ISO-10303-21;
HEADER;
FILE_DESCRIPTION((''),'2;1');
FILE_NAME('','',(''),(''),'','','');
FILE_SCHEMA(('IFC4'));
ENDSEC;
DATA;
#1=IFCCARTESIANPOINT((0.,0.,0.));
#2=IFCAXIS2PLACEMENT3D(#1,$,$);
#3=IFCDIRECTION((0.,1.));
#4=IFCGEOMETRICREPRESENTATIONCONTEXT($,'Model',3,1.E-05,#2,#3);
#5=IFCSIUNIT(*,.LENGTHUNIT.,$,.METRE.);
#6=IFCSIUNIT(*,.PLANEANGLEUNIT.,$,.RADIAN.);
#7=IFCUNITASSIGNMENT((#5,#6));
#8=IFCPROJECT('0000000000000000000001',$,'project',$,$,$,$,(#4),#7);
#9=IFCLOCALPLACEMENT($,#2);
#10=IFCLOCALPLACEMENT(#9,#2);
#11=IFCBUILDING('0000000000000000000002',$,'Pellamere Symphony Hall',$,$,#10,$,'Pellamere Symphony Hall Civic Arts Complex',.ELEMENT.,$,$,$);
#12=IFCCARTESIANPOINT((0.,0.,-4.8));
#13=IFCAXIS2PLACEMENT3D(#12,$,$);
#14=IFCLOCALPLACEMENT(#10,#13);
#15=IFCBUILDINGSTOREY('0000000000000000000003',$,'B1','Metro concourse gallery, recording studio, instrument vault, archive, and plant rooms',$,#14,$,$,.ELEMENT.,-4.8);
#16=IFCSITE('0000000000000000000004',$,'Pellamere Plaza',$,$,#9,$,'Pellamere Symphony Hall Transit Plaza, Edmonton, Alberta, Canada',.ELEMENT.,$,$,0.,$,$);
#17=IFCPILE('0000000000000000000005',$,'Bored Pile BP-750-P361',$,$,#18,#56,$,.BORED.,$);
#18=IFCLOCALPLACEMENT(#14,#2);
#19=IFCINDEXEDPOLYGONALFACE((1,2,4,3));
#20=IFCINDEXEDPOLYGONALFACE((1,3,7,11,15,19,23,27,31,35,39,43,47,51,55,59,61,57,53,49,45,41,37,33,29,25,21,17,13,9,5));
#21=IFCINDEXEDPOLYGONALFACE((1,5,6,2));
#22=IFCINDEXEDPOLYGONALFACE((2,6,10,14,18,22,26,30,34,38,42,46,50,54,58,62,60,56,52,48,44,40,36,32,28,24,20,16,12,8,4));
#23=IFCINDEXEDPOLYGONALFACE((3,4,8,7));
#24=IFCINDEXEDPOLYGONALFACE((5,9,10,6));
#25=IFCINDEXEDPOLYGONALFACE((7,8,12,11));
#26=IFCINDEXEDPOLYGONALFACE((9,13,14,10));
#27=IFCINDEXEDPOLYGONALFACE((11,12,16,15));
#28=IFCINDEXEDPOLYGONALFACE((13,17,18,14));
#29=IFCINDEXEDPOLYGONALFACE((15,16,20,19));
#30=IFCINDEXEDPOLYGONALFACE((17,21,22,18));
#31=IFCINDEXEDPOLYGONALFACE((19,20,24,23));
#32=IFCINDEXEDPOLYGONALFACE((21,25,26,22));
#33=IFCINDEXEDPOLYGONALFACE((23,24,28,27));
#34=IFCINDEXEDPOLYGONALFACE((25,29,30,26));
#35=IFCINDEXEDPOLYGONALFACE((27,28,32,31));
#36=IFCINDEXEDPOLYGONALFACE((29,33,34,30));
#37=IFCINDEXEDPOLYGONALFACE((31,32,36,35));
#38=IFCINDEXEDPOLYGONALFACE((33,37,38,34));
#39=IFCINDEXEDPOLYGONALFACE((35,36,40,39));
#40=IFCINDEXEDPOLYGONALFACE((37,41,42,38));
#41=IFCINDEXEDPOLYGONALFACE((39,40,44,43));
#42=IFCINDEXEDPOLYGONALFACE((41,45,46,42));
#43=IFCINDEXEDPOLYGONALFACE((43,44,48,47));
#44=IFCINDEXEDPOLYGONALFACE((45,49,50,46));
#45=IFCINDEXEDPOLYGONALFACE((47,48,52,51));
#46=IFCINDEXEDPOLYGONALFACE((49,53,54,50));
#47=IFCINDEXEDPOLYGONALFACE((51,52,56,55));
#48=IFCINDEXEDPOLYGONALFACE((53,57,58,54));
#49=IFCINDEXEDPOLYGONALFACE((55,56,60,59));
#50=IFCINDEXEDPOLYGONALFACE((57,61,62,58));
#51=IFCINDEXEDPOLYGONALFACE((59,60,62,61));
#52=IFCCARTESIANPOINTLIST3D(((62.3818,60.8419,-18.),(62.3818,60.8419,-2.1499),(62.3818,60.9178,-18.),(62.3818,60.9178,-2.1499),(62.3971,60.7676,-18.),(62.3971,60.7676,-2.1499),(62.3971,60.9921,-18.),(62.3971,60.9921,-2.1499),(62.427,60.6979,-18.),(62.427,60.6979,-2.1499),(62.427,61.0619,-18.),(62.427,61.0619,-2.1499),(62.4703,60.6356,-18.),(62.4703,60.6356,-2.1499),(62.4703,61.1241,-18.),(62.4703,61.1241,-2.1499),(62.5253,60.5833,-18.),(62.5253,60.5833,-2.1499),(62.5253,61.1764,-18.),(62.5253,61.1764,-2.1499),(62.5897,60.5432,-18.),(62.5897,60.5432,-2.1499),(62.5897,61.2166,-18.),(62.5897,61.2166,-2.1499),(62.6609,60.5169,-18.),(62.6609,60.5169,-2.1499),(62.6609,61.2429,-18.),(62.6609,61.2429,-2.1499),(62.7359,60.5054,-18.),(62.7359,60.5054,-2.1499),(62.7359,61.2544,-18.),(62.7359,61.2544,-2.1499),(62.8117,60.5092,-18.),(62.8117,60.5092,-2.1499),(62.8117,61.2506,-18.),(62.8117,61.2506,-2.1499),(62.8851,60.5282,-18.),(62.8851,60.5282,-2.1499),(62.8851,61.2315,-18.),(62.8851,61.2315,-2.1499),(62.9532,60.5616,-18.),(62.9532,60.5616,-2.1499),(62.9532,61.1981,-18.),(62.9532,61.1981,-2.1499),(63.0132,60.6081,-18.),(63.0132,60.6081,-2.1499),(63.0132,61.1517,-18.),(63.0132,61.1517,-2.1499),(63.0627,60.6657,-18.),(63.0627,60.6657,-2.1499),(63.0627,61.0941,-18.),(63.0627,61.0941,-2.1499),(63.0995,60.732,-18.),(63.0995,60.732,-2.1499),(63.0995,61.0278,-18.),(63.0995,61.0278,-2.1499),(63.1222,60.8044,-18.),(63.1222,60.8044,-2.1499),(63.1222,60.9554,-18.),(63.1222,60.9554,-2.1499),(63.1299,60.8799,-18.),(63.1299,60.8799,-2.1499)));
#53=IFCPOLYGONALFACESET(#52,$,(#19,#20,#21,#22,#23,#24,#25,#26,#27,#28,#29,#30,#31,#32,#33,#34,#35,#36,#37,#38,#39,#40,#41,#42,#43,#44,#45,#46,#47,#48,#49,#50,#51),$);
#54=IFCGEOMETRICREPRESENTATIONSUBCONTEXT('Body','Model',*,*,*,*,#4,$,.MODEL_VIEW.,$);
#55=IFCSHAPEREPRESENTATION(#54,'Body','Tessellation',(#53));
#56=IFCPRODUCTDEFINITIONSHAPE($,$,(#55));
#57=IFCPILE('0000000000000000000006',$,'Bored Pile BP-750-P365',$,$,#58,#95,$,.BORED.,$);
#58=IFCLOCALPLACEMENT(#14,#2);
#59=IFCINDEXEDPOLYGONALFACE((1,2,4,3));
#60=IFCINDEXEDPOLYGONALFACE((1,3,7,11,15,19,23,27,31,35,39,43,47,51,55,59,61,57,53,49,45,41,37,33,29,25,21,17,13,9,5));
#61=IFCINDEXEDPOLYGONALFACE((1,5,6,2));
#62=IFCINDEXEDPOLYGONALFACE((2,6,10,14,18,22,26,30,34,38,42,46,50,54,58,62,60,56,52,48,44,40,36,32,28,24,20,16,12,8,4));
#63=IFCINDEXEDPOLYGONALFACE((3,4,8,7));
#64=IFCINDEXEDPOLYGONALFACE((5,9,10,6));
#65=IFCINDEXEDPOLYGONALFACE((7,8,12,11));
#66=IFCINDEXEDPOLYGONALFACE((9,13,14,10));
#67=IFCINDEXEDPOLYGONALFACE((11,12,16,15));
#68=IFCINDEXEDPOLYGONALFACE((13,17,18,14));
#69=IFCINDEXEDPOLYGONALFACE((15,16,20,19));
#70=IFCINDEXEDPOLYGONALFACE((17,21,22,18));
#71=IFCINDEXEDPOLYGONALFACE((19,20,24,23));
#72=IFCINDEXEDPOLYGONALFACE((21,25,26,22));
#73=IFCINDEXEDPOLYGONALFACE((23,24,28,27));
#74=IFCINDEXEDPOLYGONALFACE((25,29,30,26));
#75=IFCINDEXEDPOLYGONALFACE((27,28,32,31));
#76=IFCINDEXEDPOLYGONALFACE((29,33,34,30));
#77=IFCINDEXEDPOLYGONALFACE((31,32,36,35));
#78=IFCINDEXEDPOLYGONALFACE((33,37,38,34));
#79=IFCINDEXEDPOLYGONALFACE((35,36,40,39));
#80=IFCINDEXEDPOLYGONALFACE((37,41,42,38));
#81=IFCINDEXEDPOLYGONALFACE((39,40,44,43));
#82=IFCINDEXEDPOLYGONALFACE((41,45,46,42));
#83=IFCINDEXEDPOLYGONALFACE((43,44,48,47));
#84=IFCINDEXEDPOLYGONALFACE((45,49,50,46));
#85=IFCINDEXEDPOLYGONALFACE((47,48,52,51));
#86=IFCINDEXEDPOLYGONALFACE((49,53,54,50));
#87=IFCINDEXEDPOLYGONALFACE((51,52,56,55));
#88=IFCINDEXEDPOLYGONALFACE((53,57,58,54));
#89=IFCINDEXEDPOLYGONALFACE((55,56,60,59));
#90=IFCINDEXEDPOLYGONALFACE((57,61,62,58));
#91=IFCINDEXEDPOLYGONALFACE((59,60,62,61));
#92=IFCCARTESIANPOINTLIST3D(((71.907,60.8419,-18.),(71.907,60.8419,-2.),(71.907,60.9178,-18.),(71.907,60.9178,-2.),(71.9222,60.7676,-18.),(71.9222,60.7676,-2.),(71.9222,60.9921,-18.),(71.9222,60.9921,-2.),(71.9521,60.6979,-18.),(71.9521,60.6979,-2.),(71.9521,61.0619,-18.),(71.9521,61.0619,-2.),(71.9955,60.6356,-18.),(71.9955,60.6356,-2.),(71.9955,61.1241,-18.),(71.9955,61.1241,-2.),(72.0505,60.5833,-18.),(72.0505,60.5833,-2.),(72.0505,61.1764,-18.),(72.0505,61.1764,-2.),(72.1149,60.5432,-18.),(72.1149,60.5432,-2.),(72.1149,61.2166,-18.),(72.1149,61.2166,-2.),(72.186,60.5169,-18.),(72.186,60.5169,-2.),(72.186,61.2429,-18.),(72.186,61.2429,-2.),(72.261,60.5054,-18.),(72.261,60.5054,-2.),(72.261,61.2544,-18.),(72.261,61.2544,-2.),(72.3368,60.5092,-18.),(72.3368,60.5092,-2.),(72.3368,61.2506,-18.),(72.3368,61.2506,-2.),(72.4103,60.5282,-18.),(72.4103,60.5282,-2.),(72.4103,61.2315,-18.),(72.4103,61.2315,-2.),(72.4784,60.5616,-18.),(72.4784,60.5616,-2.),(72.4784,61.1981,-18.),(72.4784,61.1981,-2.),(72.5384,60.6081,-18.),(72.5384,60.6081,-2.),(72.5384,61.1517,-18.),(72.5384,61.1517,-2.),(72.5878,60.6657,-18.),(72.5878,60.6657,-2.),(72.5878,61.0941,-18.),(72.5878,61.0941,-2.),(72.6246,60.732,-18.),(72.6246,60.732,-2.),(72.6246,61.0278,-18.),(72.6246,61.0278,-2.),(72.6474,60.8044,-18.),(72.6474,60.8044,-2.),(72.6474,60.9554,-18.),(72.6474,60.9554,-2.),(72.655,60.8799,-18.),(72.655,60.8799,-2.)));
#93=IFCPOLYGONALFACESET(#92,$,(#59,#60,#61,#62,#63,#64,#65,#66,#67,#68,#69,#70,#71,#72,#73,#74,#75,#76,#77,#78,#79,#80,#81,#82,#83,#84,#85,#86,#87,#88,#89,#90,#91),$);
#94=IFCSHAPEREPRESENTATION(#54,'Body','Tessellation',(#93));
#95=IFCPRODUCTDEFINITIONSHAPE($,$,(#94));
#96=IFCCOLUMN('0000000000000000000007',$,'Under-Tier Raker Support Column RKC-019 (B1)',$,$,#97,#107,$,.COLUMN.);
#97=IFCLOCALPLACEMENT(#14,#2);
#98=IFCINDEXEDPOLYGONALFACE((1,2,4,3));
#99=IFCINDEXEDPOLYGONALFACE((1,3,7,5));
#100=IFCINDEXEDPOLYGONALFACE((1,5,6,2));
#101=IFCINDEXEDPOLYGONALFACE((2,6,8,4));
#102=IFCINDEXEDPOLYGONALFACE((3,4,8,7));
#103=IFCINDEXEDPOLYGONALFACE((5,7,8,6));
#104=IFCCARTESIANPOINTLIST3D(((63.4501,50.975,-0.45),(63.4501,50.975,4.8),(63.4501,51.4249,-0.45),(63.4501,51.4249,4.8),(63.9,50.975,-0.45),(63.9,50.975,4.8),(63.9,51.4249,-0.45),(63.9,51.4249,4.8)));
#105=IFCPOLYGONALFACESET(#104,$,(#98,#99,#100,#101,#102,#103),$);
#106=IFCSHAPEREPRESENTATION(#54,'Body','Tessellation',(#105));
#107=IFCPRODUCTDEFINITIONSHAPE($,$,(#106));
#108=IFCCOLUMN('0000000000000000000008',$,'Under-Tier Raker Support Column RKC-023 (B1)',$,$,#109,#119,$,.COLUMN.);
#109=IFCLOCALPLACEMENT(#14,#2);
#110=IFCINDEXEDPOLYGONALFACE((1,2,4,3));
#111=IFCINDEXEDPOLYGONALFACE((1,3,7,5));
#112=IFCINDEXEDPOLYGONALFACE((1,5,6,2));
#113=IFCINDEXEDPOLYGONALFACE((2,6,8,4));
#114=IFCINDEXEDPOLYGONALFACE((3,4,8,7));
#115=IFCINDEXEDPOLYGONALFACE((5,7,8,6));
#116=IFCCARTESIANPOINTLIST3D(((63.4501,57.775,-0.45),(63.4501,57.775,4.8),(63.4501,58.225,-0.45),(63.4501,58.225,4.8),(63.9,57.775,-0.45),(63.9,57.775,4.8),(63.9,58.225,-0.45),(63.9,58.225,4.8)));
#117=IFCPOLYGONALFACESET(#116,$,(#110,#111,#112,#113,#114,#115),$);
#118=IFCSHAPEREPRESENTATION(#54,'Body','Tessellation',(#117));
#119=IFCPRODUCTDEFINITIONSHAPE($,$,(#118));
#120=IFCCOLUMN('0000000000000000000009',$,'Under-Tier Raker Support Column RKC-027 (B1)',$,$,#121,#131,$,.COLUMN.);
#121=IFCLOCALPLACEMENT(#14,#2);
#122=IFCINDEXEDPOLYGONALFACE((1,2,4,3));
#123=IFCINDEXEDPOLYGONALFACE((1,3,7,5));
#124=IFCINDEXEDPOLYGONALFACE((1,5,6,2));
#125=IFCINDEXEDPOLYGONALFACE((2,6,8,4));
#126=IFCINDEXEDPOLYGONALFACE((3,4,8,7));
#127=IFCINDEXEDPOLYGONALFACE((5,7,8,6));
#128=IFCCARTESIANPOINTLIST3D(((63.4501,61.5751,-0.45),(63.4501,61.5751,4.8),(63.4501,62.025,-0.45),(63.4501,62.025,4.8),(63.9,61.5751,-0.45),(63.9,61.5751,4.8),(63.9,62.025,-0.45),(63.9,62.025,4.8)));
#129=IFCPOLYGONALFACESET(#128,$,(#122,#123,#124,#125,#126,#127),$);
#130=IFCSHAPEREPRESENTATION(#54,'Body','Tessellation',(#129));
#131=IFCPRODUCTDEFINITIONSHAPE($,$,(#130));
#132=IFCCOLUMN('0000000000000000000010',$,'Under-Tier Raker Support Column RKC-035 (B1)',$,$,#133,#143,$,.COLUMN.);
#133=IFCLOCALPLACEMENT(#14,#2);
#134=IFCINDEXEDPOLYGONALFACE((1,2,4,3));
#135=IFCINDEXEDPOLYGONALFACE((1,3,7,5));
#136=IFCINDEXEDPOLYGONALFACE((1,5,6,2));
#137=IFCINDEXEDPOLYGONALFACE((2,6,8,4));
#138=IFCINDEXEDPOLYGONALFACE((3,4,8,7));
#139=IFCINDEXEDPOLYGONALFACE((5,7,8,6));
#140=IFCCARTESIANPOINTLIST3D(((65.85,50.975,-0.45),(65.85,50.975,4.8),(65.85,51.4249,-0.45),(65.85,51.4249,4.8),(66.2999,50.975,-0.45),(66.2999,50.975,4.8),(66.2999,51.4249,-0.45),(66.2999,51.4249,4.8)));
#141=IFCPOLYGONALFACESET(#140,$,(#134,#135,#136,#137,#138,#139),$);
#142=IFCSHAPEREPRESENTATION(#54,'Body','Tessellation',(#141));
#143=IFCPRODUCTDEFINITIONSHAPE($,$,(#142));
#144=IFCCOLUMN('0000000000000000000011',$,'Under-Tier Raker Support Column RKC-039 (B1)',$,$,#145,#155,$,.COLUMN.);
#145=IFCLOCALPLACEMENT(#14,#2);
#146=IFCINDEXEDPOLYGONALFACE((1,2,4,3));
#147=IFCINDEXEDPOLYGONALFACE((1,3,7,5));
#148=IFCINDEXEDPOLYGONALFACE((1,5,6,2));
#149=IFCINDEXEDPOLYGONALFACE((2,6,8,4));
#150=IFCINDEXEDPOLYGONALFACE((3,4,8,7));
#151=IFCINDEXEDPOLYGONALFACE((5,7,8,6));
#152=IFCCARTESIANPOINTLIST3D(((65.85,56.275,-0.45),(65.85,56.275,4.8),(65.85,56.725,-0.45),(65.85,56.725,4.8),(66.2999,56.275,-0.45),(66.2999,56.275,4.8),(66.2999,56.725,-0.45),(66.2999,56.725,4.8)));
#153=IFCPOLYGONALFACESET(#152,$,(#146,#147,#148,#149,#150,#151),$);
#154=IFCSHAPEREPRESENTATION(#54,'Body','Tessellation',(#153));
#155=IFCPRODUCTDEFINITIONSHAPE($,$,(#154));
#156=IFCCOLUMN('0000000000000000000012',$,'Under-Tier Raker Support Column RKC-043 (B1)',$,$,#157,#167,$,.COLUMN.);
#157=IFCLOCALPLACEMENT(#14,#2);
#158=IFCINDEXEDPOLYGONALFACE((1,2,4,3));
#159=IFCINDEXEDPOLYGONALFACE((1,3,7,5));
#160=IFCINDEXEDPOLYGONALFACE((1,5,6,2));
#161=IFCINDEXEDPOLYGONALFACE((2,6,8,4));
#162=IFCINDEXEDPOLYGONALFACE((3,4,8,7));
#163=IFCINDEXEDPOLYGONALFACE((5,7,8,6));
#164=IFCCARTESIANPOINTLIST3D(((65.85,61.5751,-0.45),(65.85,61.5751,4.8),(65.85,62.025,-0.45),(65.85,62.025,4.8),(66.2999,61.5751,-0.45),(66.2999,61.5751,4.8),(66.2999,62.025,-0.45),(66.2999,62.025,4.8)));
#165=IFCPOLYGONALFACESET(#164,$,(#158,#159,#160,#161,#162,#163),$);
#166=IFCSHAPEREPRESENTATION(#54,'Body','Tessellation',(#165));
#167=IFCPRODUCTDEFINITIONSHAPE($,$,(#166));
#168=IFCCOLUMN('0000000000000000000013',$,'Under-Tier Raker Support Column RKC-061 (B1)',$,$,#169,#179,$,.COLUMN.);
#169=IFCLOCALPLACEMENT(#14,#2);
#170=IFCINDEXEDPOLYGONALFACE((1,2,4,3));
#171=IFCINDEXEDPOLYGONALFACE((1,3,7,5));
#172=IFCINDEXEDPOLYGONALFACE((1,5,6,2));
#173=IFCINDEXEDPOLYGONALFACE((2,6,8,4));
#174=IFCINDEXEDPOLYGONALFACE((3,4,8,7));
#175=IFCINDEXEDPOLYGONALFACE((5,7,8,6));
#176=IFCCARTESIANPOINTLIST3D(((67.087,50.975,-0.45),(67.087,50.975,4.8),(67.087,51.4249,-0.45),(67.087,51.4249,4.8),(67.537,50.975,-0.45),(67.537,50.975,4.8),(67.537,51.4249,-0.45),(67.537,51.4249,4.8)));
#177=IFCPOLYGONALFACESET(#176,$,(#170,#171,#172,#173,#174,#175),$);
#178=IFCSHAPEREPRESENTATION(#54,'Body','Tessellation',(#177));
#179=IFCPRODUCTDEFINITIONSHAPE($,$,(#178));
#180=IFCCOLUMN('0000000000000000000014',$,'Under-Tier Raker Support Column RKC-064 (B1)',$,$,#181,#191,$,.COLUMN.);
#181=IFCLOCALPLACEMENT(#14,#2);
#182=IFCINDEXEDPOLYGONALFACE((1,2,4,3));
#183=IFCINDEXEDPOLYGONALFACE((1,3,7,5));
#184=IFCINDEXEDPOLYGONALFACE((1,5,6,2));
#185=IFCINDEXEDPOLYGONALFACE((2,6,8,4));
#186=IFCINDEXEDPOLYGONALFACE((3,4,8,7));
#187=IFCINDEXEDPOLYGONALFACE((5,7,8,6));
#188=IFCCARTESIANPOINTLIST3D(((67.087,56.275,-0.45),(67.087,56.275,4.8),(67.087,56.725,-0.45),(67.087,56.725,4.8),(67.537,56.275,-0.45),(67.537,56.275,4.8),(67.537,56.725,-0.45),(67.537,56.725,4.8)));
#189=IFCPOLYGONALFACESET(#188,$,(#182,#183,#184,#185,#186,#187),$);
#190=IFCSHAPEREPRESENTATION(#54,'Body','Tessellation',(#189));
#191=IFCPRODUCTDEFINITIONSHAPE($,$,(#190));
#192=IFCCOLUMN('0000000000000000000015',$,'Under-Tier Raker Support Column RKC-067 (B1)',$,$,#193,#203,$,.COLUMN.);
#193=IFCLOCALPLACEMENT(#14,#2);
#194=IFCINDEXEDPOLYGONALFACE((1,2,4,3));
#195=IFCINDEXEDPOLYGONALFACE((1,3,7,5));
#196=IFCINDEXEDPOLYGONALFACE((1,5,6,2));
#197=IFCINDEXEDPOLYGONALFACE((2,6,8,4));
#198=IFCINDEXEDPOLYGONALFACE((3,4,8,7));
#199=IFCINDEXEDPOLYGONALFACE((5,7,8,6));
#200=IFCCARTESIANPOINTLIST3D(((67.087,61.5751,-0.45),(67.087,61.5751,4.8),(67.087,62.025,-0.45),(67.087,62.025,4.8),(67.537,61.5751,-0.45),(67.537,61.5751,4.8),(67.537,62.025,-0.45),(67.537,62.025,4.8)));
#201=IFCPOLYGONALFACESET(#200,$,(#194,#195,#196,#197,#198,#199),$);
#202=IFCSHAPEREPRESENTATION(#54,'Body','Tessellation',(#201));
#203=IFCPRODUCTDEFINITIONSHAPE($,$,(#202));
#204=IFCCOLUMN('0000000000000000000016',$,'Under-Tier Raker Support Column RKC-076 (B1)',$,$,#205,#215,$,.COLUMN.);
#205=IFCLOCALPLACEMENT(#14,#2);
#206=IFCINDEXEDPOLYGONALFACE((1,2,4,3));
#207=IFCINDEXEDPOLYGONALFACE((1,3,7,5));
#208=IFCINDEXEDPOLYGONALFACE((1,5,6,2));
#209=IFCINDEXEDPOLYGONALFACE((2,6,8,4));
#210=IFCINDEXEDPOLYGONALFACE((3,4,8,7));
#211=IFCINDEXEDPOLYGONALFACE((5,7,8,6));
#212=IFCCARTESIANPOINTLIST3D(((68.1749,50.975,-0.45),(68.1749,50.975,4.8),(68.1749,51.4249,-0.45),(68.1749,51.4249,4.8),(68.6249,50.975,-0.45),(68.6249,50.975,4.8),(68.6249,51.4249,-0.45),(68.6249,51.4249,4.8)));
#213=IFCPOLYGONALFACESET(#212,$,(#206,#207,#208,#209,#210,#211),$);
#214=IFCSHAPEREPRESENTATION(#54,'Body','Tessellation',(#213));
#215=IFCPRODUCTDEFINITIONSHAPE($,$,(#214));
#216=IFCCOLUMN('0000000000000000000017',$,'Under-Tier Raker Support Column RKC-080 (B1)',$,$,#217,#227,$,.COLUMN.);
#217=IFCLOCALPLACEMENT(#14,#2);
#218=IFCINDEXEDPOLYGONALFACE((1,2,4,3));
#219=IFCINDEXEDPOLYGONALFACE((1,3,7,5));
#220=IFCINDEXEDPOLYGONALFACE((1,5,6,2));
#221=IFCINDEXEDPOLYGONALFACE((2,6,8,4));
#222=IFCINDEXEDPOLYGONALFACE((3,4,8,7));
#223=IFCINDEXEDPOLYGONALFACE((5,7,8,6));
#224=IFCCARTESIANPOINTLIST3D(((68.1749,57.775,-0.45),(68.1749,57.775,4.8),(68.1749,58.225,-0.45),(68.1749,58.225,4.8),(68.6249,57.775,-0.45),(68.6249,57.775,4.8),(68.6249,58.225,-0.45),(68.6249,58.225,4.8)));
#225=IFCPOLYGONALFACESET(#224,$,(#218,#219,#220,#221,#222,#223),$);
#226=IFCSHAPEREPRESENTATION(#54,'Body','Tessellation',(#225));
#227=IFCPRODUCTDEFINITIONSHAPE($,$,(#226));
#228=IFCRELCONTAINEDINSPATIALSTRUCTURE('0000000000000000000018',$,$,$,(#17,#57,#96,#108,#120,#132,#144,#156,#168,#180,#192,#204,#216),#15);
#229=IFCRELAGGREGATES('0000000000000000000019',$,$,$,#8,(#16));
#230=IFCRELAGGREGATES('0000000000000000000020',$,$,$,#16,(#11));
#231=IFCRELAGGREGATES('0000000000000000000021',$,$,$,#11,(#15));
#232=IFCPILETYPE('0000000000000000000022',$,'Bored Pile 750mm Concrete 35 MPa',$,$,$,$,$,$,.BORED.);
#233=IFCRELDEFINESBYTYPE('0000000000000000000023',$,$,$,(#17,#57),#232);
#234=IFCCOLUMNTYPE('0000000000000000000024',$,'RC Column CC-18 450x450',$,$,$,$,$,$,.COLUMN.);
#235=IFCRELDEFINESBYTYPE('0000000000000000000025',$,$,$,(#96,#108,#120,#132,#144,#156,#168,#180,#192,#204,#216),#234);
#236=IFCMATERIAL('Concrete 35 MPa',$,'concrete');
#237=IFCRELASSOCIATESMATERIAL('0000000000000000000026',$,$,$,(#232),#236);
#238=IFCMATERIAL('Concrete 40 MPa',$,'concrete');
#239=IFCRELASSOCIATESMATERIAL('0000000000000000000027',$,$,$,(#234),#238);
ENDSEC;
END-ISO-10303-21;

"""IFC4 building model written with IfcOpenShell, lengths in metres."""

from ifc_helpers import new_model, si_unit, direction, frame, origin, origin_2d, place, context, subcontext, project, spatial, rectangle, circle, extrude, material, material_profile, profile_set, type_object, element, save


model = new_model("IFC4")

# Units and contexts
model_context = context("Model", 3, precision=1e-05, world=origin(), true_north=direction((0.0, 1.0)))
body_context = subcontext(model_context, "Body", "Model", "MODEL_VIEW")
ifc_project = project(units=[si_unit("LENGTHUNIT", "METRE"), si_unit("PLANEANGLEUNIT", "RADIAN")], contexts=[model_context])

# Site, building, storey
site_placement = place(None, origin())
site = spatial("IfcSite", under=ifc_project, at=site_placement, Name="Pellamere Plaza", LongName="Pellamere Symphony Hall Transit Plaza, Edmonton, Alberta, Canada", CompositionType="ELEMENT", RefElevation=0.0)
building_placement = place(site_placement, origin())
building = spatial("IfcBuilding", under=site, at=building_placement, Name="Pellamere Symphony Hall", LongName="Pellamere Symphony Hall Civic Arts Complex", CompositionType="ELEMENT")
storey_placement = place(building_placement, frame((0.0, 0.0, -4.8)))
storey = spatial("IfcBuildingStorey", under=building, at=storey_placement, Name="B1", Description="Metro concourse gallery, recording studio, instrument vault, archive, and plant rooms", CompositionType="ELEMENT", Elevation=-4.8)

# Piles
ifc_material_1 = material(Name="Concrete 35 MPa", Category="concrete")
ifc_material_profile_1 = material_profile(ifc_material_1, circle(Radius=0.375, at=origin_2d()), Name="PILE D750")
ifc_profile_set_1 = profile_set([ifc_material_profile_1], Name="Concrete 35 MPa")
pile_type = type_object("IfcPileType", Name="Bored Pile 750mm Concrete 35 MPa", PredefinedType="BORED", material=ifc_profile_set_1)
pile_1_placement = place(storey_placement, frame((62.7549, 60.8799, -2.1499), z_axis=(0.0, 0.0, -1.0), x_axis=(1.0, 0.0, 0.0)))
element("IfcPile", 1, at=pile_1_placement, inside=storey, type_object=pile_type, Name="Bored Pile BP-750-P361", PredefinedType="BORED", context=body_context, shape_type="SweptSolid", body=[
    extrude(circle(Radius=0.375, at=origin_2d()), origin(), (0.0, 0.0, 1.0), 15.8501),
])
pile_2_placement = place(storey_placement, frame((72.28, 60.8799, -2.0), z_axis=(0.0, 0.0, -1.0), x_axis=(1.0, 0.0, 0.0)))
element("IfcPile", 2, at=pile_2_placement, inside=storey, type_object=pile_type, Name="Bored Pile BP-750-P365", PredefinedType="BORED", context=body_context, shape_type="SweptSolid", body=[
    extrude(circle(Radius=0.375, at=origin_2d()), origin(), (0.0, 0.0, 1.0), 16.0),
])

# Columns
ifc_material_2 = material(Name="Concrete 40 MPa", Category="concrete")
ifc_material_profile_2 = material_profile(ifc_material_2, rectangle(XDim=0.45, YDim=0.45, at=origin_2d()), Name="RC 450x450")
ifc_profile_set_2 = profile_set([ifc_material_profile_2], Name="Concrete 40 MPa")
column_type = type_object("IfcColumnType", Name="RC Column CC-18 450x450", PredefinedType="COLUMN", material=ifc_profile_set_2)
for number, where, z_axis, x_axis, name in (
    (3, (63.675, 51.2, -0.45), (0.0, 0.0, 1.0), (1.0, 0.0, 0.0), "Under-Tier Raker Support Column RKC-019 (B1)"),
    (4, (63.675, 58.0, -0.45), (0.0, 0.0, 1.0), (1.0, 0.0, 0.0), "Under-Tier Raker Support Column RKC-023 (B1)"),
    (5, (63.675, 61.8, -0.45), (0.0, 0.0, 1.0), (1.0, 0.0, 0.0), "Under-Tier Raker Support Column RKC-027 (B1)"),
    (6, (66.075, 51.2, -0.45), (0.0, 0.0, 1.0), (1.0, 0.0, 0.0), "Under-Tier Raker Support Column RKC-035 (B1)"),
    (7, (66.075, 56.5, -0.45), (0.0, 0.0, 1.0), (1.0, 0.0, 0.0), "Under-Tier Raker Support Column RKC-039 (B1)"),
    (8, (66.075, 61.8, -0.45), (0.0, 0.0, 1.0), (1.0, 0.0, 0.0), "Under-Tier Raker Support Column RKC-043 (B1)"),
    (9, (67.312, 51.2, -0.45), (0.0, 0.0, 1.0), (1.0, 0.0, 0.0), "Under-Tier Raker Support Column RKC-061 (B1)"),
    (10, (67.312, 56.5, -0.45), (0.0, 0.0, 1.0), (1.0, 0.0, 0.0), "Under-Tier Raker Support Column RKC-064 (B1)"),
    (11, (67.312, 61.8, -0.45), (0.0, 0.0, 1.0), (1.0, 0.0, 0.0), "Under-Tier Raker Support Column RKC-067 (B1)"),
    (12, (68.3999, 51.2, -0.45), (0.0, 0.0, 1.0), (1.0, 0.0, 0.0), "Under-Tier Raker Support Column RKC-076 (B1)"),
    (13, (68.3999, 58.0, -0.45), (0.0, 0.0, 1.0), (1.0, 0.0, 0.0), "Under-Tier Raker Support Column RKC-080 (B1)"),
):
    element("IfcColumn", number, at=place(storey_placement, frame(where, z_axis=z_axis, x_axis=x_axis)), inside=storey, type_object=column_type, Name=name, PredefinedType="COLUMN", context=body_context, shape_type="SweptSolid", body=[
        extrude(rectangle(XDim=0.45, YDim=0.45, at=origin_2d()), origin(), (0.0, 0.0, 1.0), 5.25),
    ])

save(model, "model.ifc")
